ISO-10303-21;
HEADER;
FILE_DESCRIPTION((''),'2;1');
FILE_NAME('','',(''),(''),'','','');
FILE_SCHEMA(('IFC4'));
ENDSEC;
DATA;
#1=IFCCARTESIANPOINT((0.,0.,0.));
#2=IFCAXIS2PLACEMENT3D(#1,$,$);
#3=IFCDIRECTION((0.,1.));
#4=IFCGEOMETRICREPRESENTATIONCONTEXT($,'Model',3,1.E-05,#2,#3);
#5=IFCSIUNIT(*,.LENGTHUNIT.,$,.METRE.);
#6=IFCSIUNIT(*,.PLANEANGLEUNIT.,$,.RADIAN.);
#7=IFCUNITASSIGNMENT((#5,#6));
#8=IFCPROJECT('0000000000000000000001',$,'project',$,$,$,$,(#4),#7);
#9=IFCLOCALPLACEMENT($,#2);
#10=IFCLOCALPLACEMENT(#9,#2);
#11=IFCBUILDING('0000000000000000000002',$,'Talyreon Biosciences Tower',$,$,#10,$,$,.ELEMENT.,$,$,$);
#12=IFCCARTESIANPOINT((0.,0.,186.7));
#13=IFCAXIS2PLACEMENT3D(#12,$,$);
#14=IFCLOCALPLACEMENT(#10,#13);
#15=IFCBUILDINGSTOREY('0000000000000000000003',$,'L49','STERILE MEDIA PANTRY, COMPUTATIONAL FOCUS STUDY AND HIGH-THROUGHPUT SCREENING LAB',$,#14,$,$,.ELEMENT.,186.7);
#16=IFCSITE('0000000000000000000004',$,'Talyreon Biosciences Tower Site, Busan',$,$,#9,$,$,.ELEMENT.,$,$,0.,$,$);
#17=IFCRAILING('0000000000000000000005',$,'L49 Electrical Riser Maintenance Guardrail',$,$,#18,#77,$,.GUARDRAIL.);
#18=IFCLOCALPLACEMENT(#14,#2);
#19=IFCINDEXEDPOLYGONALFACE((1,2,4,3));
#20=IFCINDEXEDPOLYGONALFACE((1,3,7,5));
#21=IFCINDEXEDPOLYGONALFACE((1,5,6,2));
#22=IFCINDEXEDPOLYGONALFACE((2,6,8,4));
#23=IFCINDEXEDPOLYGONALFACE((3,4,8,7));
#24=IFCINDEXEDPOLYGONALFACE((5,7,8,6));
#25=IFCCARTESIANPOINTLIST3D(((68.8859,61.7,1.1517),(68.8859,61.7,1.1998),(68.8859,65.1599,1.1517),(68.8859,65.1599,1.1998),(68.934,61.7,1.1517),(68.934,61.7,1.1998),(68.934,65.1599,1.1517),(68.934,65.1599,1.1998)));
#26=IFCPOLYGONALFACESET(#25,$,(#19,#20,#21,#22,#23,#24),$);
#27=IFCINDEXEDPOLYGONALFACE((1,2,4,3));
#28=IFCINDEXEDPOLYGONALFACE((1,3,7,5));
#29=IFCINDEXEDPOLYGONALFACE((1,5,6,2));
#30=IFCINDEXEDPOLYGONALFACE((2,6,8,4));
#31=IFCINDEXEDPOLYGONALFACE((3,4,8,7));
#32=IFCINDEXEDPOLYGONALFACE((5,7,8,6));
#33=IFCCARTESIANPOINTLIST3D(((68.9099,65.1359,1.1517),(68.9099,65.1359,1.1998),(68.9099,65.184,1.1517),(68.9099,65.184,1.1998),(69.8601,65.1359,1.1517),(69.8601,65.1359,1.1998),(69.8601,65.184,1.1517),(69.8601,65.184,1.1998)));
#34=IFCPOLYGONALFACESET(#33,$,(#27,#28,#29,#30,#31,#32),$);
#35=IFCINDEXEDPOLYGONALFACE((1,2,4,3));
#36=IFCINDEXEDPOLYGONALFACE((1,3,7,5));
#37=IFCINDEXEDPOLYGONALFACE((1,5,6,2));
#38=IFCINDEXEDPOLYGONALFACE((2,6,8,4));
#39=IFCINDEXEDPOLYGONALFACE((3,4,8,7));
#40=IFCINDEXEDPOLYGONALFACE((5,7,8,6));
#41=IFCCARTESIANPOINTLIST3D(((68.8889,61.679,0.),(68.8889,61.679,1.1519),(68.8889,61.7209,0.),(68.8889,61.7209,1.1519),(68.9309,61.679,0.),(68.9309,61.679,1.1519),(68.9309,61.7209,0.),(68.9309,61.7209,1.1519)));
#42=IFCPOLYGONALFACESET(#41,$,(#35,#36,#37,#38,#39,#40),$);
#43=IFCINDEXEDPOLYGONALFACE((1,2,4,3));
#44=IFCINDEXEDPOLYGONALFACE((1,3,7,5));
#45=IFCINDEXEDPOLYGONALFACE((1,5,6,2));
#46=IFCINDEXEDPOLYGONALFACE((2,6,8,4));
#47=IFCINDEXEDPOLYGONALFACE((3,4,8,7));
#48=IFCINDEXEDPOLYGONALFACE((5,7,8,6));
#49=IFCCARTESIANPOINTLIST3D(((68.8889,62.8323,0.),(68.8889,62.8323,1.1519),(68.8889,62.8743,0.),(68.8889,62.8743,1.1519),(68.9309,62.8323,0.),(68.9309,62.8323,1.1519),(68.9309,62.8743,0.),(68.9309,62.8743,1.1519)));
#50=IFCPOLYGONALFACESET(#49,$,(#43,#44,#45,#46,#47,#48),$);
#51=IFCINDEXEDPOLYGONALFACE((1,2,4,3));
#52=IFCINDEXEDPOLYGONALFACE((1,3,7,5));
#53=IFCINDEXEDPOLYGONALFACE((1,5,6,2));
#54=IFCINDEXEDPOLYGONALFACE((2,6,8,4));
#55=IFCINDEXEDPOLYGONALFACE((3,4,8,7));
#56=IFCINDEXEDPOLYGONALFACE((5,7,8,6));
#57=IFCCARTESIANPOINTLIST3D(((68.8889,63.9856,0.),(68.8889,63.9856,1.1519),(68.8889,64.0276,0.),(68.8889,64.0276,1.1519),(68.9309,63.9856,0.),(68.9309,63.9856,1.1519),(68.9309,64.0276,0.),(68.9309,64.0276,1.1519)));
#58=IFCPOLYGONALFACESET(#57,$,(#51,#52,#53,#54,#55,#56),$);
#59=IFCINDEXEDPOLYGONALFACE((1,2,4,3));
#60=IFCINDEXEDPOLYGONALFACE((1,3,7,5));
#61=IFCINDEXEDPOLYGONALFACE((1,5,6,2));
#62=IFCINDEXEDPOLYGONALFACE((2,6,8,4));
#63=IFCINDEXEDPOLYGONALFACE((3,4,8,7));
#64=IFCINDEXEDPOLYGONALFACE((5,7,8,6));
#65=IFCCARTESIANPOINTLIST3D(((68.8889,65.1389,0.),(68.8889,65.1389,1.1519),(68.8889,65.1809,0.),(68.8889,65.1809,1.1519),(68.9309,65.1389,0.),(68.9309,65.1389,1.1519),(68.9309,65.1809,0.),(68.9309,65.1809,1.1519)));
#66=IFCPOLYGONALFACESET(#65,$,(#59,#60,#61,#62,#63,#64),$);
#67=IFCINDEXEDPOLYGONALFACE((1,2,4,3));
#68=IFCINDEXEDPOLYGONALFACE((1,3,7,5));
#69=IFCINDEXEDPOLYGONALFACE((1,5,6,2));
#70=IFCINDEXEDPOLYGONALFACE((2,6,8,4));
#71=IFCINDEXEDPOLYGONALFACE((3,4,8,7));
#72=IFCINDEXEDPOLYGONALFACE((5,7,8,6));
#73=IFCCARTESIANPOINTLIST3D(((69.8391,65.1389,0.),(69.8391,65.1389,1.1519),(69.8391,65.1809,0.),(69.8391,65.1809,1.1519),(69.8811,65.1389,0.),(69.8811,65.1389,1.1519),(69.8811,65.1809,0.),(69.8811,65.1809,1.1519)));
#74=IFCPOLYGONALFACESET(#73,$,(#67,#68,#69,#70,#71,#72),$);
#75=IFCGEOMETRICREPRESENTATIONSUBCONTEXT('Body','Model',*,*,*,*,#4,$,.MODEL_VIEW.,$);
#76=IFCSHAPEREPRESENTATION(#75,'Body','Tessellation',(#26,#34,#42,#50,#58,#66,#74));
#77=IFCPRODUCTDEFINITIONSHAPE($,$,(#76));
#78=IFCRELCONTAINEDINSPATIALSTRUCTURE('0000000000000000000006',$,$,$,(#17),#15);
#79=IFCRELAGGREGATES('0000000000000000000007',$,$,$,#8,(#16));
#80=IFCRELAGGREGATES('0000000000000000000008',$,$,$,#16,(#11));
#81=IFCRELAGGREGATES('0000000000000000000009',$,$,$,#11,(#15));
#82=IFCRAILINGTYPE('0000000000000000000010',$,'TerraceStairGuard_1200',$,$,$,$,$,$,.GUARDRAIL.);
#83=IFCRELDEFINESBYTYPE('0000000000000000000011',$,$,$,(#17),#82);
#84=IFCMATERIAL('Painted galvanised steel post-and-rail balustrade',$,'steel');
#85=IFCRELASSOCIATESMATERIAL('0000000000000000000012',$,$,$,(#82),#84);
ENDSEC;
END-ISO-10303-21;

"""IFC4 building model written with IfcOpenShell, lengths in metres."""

from ifc_helpers import new_model, si_unit, direction, frame, origin, origin_2d, place, context, subcontext, project, spatial, rectangle, extrude, material, type_object, element, save


model = new_model("IFC4")

# Units and contexts
model_context = context("Model", 3, precision=1e-05, world=origin(), true_north=direction((0.0, 1.0)))
body_context = subcontext(model_context, "Body", "Model", "MODEL_VIEW")
ifc_project = project(units=[si_unit("LENGTHUNIT", "METRE"), si_unit("PLANEANGLEUNIT", "RADIAN")], contexts=[model_context])

# Site, building, storey
site_placement = place(None, origin())
site = spatial("IfcSite", under=ifc_project, at=site_placement, Name="Talyreon Biosciences Tower Site, Busan", CompositionType="ELEMENT", RefElevation=0.0)
building_placement = place(site_placement, origin())
building = spatial("IfcBuilding", under=site, at=building_placement, Name="Talyreon Biosciences Tower", CompositionType="ELEMENT")
storey_placement = place(building_placement, frame((0.0, 0.0, 186.7)))
storey = spatial("IfcBuildingStorey", under=building, at=storey_placement, Name="L49", Description="STERILE MEDIA PANTRY, COMPUTATIONAL FOCUS STUDY AND HIGH-THROUGHPUT SCREENING LAB", CompositionType="ELEMENT", Elevation=186.7)

# Railing
ifc_material_1 = material(Name="Painted galvanised steel post-and-rail balustrade", Category="steel")
railing_type_1 = type_object("IfcRailingType", Name="TerraceStairGuard_1200", PredefinedType="GUARDRAIL", material=ifc_material_1)
railing_1_placement = place(storey_placement, frame((68.9099, 61.7, 0.0)))
element("IfcRailing", 1, at=railing_1_placement, inside=storey, type_object=railing_type_1, Name="L49 Electrical Riser Maintenance Guardrail", PredefinedType="GUARDRAIL", context=body_context, shape_type="SweptSolid", body=[
    extrude(rectangle(XDim=0.0481, YDim=0.0481, at=origin_2d()), frame((0.0, 0.0, 1.1758), z_axis=(0.0, 1.0, 0.0), x_axis=(-1.0, 0.0, 0.0)), (0.0, 0.0, 1.0), 3.46),
    extrude(rectangle(XDim=0.0481, YDim=0.0481, at=origin_2d()), frame((0.0, 3.46, 1.1758), z_axis=(1.0, 0.0, 0.0), x_axis=(0.0, 1.0, 0.0)), (0.0, 0.0, 1.0), 0.9502),
    extrude(rectangle(XDim=0.042, YDim=0.042, at=origin_2d()), origin(), (0.0, 0.0, 1.0), 1.1519),
    extrude(rectangle(XDim=0.042, YDim=0.042, at=origin_2d()), frame((0.0, 1.1533, 0.0)), (0.0, 0.0, 1.0), 1.1519),
    extrude(rectangle(XDim=0.042, YDim=0.042, at=origin_2d()), frame((0.0, 2.3066, 0.0)), (0.0, 0.0, 1.0), 1.1519),
    extrude(rectangle(XDim=0.042, YDim=0.042, at=origin_2d()), frame((0.0, 3.46, 0.0)), (0.0, 0.0, 1.0), 1.1519),
    extrude(rectangle(XDim=0.042, YDim=0.042, at=origin_2d()), frame((0.9502, 3.46, 0.0)), (0.0, 0.0, 1.0), 1.1519),
])

save(model, "model.ifc")
